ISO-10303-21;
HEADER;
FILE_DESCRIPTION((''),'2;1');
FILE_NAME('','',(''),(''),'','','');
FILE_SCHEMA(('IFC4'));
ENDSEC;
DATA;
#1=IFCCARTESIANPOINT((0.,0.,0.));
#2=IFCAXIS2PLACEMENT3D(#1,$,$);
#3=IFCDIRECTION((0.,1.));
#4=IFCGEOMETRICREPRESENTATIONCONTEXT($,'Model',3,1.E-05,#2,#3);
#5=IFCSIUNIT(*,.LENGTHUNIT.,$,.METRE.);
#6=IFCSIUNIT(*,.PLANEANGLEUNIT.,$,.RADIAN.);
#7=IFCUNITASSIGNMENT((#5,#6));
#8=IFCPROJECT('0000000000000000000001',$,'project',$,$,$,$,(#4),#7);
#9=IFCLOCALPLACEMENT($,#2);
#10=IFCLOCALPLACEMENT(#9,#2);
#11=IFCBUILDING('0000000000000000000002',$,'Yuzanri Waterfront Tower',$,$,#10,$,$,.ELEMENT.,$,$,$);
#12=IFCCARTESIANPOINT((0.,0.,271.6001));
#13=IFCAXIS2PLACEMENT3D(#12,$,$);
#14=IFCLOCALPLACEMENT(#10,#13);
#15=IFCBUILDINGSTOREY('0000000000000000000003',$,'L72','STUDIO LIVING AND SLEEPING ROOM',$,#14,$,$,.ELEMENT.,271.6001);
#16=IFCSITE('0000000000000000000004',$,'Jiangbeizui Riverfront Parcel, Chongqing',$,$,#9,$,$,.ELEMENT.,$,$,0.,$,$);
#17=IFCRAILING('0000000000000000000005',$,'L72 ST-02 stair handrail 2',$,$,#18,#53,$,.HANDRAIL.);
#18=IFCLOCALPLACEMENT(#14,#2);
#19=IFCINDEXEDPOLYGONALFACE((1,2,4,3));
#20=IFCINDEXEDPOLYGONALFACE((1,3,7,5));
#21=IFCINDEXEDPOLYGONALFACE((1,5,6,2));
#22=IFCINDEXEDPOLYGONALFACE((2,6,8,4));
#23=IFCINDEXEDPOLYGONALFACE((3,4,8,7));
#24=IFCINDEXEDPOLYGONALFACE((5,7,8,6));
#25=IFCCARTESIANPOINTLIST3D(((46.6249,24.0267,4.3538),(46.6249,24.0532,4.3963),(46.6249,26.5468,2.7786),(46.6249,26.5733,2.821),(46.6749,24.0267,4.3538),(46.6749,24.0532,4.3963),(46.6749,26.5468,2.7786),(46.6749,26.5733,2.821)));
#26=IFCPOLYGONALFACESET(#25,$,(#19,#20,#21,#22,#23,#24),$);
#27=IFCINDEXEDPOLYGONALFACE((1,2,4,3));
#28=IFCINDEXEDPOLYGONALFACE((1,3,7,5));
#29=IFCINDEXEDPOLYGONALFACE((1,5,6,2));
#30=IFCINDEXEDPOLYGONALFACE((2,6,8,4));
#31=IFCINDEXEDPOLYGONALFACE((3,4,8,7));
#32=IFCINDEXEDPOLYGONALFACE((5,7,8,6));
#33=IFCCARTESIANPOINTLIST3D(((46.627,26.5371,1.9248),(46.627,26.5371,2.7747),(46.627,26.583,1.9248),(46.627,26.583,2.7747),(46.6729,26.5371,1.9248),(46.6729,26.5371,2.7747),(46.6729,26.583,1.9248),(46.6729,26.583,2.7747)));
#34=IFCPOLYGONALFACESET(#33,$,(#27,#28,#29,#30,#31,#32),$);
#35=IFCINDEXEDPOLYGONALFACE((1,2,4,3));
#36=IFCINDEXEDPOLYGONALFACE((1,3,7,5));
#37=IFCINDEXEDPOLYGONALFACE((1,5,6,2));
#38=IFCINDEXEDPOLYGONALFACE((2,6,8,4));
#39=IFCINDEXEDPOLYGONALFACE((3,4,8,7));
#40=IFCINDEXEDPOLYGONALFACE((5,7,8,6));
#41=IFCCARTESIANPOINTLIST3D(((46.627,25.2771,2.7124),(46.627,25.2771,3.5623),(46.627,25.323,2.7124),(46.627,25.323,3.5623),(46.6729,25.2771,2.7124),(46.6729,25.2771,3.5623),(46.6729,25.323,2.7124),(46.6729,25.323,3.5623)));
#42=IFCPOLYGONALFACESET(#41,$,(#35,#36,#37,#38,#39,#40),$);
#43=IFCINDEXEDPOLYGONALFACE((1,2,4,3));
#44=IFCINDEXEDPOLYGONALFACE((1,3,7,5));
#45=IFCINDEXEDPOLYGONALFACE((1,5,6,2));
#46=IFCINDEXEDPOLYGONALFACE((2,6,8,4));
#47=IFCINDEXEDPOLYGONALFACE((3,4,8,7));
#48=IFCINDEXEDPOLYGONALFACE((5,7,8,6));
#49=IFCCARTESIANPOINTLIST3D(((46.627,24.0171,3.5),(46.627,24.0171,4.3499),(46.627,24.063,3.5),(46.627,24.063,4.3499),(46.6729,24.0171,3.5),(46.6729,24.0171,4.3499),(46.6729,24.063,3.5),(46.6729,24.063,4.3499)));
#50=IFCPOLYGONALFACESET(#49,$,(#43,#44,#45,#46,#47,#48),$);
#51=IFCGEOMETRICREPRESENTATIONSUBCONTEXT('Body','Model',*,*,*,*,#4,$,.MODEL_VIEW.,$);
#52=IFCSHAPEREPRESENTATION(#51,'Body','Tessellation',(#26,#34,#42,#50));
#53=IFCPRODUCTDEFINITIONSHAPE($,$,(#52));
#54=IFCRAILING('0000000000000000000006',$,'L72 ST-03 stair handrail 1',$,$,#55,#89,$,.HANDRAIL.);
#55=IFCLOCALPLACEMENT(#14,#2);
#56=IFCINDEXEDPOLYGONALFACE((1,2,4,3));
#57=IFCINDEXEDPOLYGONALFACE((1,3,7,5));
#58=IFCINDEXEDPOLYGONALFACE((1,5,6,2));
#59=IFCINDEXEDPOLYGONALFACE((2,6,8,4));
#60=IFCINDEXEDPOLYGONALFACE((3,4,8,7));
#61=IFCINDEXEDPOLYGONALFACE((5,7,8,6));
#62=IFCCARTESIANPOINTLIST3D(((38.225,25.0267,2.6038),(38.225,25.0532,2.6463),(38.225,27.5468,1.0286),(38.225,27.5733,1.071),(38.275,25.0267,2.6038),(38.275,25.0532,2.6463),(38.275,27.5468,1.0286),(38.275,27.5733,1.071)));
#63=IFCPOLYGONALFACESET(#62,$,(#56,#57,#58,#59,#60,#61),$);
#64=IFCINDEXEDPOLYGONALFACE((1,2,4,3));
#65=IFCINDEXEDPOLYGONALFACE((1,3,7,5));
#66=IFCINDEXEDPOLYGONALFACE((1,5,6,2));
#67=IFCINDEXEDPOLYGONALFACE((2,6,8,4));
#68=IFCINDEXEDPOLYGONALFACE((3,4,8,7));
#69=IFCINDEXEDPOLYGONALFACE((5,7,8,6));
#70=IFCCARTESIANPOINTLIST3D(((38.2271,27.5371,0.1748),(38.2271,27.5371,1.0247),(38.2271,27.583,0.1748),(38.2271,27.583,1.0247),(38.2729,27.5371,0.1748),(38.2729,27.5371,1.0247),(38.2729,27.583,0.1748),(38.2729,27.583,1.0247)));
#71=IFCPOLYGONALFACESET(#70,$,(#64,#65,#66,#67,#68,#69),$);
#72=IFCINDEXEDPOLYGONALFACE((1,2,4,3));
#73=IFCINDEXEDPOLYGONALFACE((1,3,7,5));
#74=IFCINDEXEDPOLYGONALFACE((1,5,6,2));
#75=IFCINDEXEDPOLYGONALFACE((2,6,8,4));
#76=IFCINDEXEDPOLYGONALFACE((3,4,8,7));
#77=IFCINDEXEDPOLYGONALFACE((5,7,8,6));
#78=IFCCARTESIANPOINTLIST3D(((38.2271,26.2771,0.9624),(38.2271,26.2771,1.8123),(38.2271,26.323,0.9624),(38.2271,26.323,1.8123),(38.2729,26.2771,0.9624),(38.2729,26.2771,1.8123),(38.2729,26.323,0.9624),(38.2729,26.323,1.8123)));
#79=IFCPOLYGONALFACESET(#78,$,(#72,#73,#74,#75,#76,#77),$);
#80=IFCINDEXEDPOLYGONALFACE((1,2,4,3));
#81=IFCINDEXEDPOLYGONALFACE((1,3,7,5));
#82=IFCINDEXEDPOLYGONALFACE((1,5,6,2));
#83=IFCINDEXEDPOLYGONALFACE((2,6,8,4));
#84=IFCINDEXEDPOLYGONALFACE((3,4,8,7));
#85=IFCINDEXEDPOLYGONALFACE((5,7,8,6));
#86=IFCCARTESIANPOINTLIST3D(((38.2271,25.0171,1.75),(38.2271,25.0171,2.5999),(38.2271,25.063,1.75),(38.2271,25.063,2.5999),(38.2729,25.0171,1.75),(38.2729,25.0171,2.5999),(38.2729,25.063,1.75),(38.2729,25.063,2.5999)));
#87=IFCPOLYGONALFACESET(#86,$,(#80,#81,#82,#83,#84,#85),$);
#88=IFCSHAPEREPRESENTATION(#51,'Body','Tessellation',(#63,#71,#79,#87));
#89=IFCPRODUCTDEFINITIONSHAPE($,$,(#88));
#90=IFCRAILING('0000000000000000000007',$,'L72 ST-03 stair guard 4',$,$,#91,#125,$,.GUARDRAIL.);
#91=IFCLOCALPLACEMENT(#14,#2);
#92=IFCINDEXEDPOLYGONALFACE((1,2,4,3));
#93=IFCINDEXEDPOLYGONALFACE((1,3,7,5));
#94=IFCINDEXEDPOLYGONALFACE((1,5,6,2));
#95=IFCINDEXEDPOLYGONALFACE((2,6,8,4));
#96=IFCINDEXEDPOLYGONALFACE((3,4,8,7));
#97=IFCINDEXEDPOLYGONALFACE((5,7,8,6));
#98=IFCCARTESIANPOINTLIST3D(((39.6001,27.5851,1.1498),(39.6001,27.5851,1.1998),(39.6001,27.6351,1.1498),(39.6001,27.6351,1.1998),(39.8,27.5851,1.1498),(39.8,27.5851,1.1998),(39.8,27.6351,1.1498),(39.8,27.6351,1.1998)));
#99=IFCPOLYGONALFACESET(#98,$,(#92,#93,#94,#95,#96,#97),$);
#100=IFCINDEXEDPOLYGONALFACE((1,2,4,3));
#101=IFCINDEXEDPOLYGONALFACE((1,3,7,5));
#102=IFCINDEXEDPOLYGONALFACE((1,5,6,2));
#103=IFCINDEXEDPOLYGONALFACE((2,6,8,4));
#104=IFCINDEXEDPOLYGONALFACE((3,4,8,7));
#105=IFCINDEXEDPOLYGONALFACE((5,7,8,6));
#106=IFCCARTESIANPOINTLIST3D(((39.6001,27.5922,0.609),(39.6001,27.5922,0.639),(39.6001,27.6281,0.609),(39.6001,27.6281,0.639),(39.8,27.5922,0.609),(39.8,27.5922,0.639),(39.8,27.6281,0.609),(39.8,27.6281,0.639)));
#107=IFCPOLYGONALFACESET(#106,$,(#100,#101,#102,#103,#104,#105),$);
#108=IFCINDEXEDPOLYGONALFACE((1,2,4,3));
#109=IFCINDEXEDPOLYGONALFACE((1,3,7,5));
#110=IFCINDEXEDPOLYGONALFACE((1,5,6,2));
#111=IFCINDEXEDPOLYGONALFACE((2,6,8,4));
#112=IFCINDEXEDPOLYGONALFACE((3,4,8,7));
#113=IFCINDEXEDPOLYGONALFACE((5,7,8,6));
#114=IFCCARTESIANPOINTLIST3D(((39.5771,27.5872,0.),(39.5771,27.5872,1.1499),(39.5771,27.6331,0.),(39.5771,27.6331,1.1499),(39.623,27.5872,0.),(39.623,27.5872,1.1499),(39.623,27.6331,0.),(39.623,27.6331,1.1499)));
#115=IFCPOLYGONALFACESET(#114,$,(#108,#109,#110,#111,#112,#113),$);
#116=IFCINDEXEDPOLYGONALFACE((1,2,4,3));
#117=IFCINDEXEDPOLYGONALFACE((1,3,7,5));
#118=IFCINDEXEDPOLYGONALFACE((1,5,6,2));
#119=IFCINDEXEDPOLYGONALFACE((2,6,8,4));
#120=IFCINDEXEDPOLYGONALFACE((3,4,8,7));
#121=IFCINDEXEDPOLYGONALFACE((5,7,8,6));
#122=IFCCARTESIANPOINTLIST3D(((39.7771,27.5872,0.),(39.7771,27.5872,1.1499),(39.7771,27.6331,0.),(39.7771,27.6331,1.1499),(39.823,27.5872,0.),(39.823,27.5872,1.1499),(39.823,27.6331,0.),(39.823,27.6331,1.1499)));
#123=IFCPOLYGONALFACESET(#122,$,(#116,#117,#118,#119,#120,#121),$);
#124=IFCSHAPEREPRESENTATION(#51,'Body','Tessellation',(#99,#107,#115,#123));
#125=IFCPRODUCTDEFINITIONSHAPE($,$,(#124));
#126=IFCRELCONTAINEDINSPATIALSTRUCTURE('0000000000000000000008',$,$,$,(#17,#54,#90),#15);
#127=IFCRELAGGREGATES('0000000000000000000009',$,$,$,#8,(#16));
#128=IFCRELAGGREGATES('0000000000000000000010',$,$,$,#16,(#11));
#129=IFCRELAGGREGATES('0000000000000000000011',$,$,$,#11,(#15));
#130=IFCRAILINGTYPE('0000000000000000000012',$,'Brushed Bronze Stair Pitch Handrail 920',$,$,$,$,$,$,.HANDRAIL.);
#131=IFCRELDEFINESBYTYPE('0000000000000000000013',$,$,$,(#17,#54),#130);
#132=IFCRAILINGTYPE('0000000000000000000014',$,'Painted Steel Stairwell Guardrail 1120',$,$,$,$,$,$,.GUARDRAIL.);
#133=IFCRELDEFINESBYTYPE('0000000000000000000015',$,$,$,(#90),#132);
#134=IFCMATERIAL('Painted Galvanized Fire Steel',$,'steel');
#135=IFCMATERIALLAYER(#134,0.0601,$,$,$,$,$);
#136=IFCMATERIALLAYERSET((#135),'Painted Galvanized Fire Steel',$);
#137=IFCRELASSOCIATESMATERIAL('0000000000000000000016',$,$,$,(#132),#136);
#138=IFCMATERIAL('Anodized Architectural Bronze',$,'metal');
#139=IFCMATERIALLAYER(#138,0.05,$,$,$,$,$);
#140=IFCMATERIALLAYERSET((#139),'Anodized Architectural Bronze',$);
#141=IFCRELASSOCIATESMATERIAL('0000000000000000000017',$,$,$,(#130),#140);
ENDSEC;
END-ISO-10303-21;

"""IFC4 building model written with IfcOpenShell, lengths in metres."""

from ifc_helpers import new_model, si_unit, direction, frame, origin, origin_2d, place, context, subcontext, project, spatial, rectangle, extrude, source, transform, mapped, material, layer, layer_set, type_object, element, save


model = new_model("IFC4")

# Units and contexts
model_context = context("Model", 3, precision=1e-05, world=origin(), true_north=direction((0.0, 1.0)))
body_context = subcontext(model_context, "Body", "Model", "MODEL_VIEW")
ifc_project = project(units=[si_unit("LENGTHUNIT", "METRE"), si_unit("PLANEANGLEUNIT", "RADIAN")], contexts=[model_context])

# Site, building, storey
site_placement = place(None, origin())
site = spatial("IfcSite", under=ifc_project, at=site_placement, Name="Jiangbeizui Riverfront Parcel, Chongqing", CompositionType="ELEMENT", RefElevation=0.0)
building_placement = place(site_placement, origin())
building = spatial("IfcBuilding", under=site, at=building_placement, Name="Yuzanri Waterfront Tower", CompositionType="ELEMENT")
storey_placement = place(building_placement, frame((0.0, 0.0, 271.6001)))
storey = spatial("IfcBuildingStorey", under=building, at=storey_placement, Name="L72", Description="STUDIO LIVING AND SLEEPING ROOM", CompositionType="ELEMENT", Elevation=271.6001)

# Railings
ifc_material_1 = material(Name="Painted Galvanized Fire Steel", Category="steel")
ifc_layer_1 = layer(ifc_material_1, 0.0601)
ifc_layer_set_1 = layer_set([ifc_layer_1], Name="Painted Galvanized Fire Steel")
railing_type_1 = type_object("IfcRailingType", Name="Painted Steel Stairwell Guardrail 1120", PredefinedType="GUARDRAIL", material=ifc_layer_set_1)
ifc_material_2 = material(Name="Anodized Architectural Bronze", Category="metal")
ifc_layer_2 = layer(ifc_material_2, 0.05)
ifc_layer_set_2 = layer_set([ifc_layer_2], Name="Anodized Architectural Bronze")
railing_type_2 = type_object("IfcRailingType", Name="Brushed Bronze Stair Pitch Handrail 920", PredefinedType="HANDRAIL", material=ifc_layer_set_2)
shared_shape_1 = source(origin(), body_context, "Body", "SweptSolid", [
    extrude(rectangle(XDim=0.05, YDim=0.05, at=origin_2d()), frame((0.0, 0.0, 0.875), z_axis=(0.0, -0.847971, 0.530043), x_axis=(1.0, 0.0, 0.0)), (0.0, 0.0, 1.0), 2.9719),
    extrude(rectangle(XDim=0.0459, YDim=0.0459, at=origin_2d()), origin(), (0.0, 0.0, 1.0), 0.8499),
    extrude(rectangle(XDim=0.0459, YDim=0.0459, at=origin_2d()), frame((0.0, -1.26, 0.7876)), (0.0, 0.0, 1.0), 0.8499),
    extrude(rectangle(XDim=0.0459, YDim=0.0459, at=origin_2d()), frame((0.0, -2.52, 1.5752)), (0.0, 0.0, 1.0), 0.8499),
])
for number, where, name in (
    (1, (46.6499, 26.5601, 1.9248), "L72 ST-02 stair handrail 2"),
    (2, (38.25, 27.5601, 0.1748), "L72 ST-03 stair handrail 1"),
):
    element("IfcRailing", number, at=place(storey_placement, frame(where)), inside=storey, type_object=railing_type_2, Name=name, PredefinedType="HANDRAIL", context=body_context, shape_type="MappedRepresentation", body=[
        mapped(shared_shape_1, transform((0.0, 0.0, 0.0), scale=1.0)),
    ])
shared_shape_2 = source(origin(), body_context, "Body", "SweptSolid", [
    extrude(rectangle(XDim=0.05, YDim=0.05, at=origin_2d()), frame((0.0, 0.0, 1.1748), z_axis=(1.0, 0.0, 0.0), x_axis=(0.0, 1.0, 0.0)), (0.0, 0.0, 1.0), 0.2),
    extrude(rectangle(XDim=0.0359, YDim=0.03, at=origin_2d()), frame((0.0, 0.0, 0.624), z_axis=(1.0, 0.0, 0.0), x_axis=(0.0, 1.0, 0.0)), (0.0, 0.0, 1.0), 0.2),
    extrude(rectangle(XDim=0.0459, YDim=0.0459, at=origin_2d()), origin(), (0.0, 0.0, 1.0), 1.1499),
    extrude(rectangle(XDim=0.0459, YDim=0.0459, at=origin_2d()), frame((0.2, 0.0, 0.0)), (0.0, 0.0, 1.0), 1.1499),
])
railing_1_placement = place(storey_placement, frame((39.6001, 27.6101, 0.0)))
element("IfcRailing", 3, at=railing_1_placement, inside=storey, type_object=railing_type_1, Name="L72 ST-03 stair guard 4", PredefinedType="GUARDRAIL", context=body_context, shape_type="MappedRepresentation", body=[
    mapped(shared_shape_2, transform((0.0, 0.0, 0.0), scale=1.0)),
])

save(model, "model.ifc")
